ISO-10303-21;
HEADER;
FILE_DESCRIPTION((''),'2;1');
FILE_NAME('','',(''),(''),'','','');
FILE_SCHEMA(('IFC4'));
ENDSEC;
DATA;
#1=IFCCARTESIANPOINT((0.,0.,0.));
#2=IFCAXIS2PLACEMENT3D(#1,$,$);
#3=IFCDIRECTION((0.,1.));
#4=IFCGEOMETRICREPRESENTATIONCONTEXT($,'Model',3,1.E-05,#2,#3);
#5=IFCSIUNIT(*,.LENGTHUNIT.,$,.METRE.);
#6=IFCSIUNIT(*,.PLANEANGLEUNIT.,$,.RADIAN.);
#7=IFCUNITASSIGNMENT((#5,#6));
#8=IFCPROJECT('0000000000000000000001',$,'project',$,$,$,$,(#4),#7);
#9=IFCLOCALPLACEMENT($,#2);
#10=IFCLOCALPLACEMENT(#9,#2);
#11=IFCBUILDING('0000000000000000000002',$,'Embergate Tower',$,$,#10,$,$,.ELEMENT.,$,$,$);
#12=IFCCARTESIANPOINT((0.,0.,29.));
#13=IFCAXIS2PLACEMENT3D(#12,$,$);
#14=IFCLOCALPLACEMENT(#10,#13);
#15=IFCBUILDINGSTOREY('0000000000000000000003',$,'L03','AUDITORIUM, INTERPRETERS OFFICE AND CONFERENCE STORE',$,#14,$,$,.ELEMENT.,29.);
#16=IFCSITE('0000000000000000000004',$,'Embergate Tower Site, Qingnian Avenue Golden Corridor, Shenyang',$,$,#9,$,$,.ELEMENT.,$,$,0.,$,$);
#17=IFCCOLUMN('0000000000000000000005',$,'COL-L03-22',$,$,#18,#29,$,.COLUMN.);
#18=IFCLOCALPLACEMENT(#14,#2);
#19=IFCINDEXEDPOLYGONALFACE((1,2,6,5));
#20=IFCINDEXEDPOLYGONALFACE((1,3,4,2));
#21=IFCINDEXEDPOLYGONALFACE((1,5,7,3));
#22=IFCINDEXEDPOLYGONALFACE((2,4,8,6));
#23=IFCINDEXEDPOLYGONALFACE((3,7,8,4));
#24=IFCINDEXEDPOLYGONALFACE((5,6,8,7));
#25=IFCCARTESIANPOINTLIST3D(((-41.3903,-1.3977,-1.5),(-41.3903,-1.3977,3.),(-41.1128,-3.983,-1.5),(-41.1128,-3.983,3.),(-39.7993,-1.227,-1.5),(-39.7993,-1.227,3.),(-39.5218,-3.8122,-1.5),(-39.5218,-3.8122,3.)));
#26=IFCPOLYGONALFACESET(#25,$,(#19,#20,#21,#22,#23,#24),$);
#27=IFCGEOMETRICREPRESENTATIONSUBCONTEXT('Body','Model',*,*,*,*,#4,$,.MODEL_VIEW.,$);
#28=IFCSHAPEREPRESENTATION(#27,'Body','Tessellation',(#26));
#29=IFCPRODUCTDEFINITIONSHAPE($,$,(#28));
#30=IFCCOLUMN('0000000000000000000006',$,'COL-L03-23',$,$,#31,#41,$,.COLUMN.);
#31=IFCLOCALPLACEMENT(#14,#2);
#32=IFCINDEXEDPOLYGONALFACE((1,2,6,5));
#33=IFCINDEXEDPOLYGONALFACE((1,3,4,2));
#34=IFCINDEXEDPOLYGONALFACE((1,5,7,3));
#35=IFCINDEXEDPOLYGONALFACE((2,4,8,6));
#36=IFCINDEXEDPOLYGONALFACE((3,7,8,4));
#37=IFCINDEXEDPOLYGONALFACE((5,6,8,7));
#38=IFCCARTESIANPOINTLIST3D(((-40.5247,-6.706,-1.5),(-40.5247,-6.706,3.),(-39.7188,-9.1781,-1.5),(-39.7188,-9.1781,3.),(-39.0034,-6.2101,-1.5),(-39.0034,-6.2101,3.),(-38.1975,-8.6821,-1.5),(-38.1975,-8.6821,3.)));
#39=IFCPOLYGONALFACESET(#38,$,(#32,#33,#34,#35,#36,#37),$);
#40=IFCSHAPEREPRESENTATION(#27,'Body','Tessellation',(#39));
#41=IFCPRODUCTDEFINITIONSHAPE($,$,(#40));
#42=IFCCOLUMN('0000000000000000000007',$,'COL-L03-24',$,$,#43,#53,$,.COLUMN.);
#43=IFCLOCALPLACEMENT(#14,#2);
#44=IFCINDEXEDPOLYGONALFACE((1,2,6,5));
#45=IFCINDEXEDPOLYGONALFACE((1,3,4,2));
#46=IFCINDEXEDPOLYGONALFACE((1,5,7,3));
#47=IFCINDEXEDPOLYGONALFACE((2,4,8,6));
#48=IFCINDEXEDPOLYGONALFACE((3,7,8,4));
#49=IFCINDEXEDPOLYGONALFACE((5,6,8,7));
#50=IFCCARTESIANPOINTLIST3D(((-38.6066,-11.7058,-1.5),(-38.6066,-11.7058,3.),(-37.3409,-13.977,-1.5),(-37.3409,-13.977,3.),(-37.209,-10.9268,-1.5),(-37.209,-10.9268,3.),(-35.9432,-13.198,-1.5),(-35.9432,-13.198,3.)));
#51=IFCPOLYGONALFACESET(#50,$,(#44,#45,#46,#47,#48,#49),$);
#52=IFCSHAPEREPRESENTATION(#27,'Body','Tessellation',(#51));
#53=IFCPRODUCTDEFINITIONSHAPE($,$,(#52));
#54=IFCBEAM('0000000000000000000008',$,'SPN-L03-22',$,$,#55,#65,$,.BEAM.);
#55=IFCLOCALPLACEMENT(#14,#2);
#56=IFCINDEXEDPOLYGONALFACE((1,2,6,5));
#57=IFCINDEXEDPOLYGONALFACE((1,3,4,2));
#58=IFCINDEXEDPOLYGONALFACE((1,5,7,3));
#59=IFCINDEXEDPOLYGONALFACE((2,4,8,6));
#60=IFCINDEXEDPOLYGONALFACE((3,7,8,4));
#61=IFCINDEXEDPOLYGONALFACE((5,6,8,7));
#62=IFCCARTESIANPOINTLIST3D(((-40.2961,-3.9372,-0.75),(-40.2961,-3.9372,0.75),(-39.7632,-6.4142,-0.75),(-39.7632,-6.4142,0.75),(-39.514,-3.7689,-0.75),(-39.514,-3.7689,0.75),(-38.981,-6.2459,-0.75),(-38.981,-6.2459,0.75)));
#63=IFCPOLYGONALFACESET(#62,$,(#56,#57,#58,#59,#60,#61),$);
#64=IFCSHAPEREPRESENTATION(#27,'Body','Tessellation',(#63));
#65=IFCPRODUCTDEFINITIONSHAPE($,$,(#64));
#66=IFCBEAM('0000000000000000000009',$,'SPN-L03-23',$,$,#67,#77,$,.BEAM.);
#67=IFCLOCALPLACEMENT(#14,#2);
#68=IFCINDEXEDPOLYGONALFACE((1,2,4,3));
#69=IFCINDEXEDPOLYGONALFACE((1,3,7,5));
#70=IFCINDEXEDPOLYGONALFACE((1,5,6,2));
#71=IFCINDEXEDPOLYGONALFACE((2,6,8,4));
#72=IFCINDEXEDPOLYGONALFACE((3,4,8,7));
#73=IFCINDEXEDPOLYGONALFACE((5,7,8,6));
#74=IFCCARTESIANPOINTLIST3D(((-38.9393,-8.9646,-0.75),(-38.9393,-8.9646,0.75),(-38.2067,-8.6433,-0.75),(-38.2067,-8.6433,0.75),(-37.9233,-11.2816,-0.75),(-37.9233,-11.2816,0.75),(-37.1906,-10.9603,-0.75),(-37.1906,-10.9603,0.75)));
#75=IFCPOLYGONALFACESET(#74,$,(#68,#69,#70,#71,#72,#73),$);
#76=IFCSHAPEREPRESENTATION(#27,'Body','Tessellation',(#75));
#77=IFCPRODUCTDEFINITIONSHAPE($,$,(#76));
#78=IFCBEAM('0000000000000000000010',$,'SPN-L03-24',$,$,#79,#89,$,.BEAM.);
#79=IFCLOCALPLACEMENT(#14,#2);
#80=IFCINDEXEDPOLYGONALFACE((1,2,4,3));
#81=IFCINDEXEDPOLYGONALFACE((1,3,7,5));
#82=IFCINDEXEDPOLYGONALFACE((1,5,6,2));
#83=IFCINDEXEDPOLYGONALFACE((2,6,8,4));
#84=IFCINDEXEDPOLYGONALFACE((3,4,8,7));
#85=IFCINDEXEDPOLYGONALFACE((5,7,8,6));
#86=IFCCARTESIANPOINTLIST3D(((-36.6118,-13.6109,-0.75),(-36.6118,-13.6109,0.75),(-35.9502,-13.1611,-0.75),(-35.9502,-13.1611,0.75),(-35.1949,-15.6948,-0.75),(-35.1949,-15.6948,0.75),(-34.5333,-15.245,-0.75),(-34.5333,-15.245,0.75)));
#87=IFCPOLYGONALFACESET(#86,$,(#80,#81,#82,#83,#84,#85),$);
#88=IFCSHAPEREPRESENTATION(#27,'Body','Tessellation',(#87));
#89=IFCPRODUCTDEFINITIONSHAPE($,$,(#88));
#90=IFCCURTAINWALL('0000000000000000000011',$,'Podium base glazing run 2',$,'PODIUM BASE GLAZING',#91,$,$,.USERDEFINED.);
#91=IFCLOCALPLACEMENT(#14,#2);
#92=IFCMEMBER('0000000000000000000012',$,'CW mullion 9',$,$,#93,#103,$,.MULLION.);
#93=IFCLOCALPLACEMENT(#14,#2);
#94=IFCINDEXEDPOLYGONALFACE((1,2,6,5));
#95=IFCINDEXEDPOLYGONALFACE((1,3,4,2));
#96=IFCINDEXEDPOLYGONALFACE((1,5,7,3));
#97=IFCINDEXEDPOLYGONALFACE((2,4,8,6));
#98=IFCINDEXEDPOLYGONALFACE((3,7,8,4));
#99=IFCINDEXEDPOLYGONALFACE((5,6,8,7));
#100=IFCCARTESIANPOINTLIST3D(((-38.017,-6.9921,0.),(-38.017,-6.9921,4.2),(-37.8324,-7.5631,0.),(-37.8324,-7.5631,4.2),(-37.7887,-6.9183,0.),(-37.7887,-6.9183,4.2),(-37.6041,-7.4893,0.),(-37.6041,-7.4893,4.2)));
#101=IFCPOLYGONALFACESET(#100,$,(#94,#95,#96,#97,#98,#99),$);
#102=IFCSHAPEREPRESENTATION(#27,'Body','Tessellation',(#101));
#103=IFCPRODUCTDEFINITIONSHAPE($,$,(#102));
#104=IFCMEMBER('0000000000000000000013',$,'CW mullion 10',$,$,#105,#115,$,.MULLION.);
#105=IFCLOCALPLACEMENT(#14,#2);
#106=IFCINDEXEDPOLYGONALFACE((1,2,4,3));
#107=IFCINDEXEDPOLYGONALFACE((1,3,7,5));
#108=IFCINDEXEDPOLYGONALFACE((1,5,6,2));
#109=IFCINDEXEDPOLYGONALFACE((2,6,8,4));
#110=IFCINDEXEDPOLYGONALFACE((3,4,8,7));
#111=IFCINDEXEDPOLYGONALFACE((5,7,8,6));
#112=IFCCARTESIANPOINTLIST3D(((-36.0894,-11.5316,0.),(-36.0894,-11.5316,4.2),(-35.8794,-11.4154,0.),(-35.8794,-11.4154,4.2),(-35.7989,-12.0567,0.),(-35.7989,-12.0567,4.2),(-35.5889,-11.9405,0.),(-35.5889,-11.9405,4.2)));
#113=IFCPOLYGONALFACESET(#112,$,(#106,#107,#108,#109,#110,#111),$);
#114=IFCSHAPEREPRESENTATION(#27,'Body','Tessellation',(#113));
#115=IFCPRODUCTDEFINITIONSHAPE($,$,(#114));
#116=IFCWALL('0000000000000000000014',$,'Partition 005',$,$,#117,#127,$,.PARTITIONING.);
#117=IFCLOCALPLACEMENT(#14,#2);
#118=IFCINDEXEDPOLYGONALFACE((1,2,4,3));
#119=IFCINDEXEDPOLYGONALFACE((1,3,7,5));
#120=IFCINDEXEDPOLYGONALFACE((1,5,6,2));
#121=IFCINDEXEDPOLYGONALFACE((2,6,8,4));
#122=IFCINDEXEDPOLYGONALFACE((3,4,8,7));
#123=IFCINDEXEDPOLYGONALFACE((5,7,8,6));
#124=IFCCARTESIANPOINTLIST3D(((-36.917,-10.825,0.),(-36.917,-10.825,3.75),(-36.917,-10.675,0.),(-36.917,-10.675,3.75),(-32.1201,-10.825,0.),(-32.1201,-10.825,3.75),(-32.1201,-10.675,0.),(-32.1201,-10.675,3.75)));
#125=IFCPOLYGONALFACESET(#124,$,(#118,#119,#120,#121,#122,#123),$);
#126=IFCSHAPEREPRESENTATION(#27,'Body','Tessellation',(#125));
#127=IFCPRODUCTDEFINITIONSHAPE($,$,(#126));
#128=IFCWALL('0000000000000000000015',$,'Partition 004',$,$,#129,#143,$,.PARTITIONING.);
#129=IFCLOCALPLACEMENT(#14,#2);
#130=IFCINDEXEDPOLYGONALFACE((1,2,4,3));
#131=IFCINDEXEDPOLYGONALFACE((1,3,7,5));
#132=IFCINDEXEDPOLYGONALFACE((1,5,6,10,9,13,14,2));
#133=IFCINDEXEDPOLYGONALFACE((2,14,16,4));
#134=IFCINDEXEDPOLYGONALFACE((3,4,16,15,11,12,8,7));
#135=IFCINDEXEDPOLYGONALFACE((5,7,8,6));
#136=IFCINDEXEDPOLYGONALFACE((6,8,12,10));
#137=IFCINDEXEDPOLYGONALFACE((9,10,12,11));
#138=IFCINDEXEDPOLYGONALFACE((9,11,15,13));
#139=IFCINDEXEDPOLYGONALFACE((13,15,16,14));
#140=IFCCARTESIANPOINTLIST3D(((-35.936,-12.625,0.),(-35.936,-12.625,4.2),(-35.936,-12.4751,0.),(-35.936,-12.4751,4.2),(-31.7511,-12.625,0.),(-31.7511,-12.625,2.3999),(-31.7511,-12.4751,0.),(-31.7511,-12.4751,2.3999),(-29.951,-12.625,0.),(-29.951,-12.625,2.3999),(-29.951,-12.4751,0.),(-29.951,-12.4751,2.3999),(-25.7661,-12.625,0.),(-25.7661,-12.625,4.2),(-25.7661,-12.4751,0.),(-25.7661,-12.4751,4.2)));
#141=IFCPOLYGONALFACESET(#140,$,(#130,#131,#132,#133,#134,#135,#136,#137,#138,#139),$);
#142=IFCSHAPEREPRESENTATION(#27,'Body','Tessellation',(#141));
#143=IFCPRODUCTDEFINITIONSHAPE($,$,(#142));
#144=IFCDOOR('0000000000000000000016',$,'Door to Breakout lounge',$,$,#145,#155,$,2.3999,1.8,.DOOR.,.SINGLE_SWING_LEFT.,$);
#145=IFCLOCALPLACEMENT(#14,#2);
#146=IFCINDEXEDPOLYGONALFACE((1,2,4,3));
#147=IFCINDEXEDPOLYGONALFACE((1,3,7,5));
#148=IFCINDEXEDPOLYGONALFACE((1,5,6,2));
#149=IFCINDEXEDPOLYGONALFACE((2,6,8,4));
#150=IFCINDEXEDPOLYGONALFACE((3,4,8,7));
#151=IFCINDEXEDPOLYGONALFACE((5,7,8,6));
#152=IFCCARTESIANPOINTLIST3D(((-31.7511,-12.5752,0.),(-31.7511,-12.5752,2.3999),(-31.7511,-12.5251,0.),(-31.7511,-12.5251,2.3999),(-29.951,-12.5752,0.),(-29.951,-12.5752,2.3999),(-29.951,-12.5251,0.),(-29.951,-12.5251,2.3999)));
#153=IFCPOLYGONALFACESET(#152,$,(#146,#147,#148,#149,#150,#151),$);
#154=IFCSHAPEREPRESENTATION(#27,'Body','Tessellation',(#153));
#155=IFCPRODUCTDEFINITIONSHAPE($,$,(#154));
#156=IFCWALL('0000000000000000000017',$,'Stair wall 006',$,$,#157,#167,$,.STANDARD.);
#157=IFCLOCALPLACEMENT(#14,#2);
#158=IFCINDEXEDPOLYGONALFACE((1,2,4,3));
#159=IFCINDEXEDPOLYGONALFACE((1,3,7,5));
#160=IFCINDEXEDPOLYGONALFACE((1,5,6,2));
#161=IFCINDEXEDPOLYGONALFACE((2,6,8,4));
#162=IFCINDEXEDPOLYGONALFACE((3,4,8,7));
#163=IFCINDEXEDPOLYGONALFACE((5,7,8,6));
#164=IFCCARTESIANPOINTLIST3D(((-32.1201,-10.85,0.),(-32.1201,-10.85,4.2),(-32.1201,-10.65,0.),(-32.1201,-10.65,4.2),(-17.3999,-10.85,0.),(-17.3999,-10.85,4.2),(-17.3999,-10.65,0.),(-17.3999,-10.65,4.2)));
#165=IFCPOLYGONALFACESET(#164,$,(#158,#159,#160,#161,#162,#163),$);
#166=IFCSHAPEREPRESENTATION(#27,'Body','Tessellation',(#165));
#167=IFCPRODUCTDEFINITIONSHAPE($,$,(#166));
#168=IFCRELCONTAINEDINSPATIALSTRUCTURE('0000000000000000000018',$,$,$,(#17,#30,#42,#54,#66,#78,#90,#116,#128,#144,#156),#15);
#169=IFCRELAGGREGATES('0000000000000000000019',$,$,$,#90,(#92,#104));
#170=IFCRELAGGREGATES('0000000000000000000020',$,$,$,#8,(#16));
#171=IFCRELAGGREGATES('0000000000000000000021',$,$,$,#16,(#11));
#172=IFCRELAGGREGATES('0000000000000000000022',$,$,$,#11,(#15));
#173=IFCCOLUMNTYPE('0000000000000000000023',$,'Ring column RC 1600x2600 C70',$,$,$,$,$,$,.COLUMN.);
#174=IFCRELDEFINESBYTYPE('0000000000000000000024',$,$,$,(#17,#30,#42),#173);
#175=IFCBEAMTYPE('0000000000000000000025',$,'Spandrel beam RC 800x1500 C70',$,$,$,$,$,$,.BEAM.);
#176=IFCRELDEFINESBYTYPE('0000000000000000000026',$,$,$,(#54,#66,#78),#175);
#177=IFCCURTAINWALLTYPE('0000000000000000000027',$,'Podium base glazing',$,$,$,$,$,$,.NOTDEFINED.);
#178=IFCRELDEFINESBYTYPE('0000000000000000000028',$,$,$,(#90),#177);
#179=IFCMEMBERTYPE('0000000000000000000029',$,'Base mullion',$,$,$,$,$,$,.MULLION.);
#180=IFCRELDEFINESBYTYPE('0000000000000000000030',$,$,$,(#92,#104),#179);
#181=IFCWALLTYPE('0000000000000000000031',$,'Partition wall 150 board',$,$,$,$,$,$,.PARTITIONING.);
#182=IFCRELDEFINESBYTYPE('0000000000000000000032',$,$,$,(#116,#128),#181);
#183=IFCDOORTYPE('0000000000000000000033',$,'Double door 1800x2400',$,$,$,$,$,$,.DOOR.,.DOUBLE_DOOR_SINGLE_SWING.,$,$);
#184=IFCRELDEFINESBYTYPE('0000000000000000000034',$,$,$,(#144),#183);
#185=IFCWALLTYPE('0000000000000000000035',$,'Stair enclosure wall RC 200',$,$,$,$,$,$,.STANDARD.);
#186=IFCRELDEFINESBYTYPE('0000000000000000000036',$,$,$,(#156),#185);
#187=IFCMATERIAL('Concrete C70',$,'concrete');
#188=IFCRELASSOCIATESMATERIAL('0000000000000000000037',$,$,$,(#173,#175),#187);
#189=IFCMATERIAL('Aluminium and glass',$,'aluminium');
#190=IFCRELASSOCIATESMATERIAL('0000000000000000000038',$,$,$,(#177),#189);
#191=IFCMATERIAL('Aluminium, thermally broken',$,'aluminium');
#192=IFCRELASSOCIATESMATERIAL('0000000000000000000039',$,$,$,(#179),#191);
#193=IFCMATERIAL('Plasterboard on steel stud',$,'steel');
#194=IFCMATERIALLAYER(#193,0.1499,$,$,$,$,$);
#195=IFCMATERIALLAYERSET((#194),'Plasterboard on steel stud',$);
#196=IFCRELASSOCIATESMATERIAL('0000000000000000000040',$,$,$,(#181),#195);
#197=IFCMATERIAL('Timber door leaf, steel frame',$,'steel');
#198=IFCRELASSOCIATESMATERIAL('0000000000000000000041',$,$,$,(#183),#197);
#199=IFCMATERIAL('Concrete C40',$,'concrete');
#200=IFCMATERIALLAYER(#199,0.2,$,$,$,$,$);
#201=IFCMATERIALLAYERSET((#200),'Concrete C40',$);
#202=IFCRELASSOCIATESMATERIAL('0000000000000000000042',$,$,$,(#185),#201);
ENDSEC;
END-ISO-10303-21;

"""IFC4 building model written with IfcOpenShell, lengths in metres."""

from ifc_helpers import new_model, si_unit, direction, frame, frame_2d, origin, origin_2d, place, context, subcontext, project, spatial, rectangle, extrude, source, transform, mapped, material, layer, layer_set, material_profile, profile_set, type_object, element, fill, aggregate, save


model = new_model("IFC4")

# Units and contexts
model_context = context("Model", 3, precision=1e-05, world=origin(), true_north=direction((0.0, 1.0)))
body_context = subcontext(model_context, "Body", "Model", "MODEL_VIEW")
ifc_project = project(units=[si_unit("LENGTHUNIT", "METRE"), si_unit("PLANEANGLEUNIT", "RADIAN")], contexts=[model_context])

# Site, building, storey
site_placement = place(None, origin())
site = spatial("IfcSite", under=ifc_project, at=site_placement, Name="Embergate Tower Site, Qingnian Avenue Golden Corridor, Shenyang", CompositionType="ELEMENT", RefElevation=0.0)
building_placement = place(site_placement, origin())
building = spatial("IfcBuilding", under=site, at=building_placement, Name="Embergate Tower", CompositionType="ELEMENT")
storey_placement = place(building_placement, frame((0.0, 0.0, 29.0)))
storey = spatial("IfcBuildingStorey", under=building, at=storey_placement, Name="L03", Description="AUDITORIUM, INTERPRETERS OFFICE AND CONFERENCE STORE", CompositionType="ELEMENT", Elevation=29.0)

# Columns
ifc_material_1 = material(Name="Concrete C70", Category="concrete")
ifc_material_profile_1 = material_profile(ifc_material_1, rectangle(XDim=1.6001, YDim=2.6001, at=origin_2d()), Name="RC 1600x2600")
ifc_profile_set_1 = profile_set([ifc_material_profile_1], Name="Concrete C70")
column_type = type_object("IfcColumnType", Name="Ring column RC 1600x2600 C70", PredefinedType="COLUMN", material=ifc_profile_set_1)
shared_shape_1 = source(origin(), body_context, "Body", "SweptSolid", [
    extrude(rectangle(XDim=1.6001, YDim=2.6001, at=origin_2d()), origin(), (0.0, 0.0, 1.0), 4.5),
])
for number, where, z_axis, x_axis, name in (
    (1, (-40.4561, -2.605, -1.5), (0.0, 0.0, 1.0), (-0.994288, -0.106733, 0.0), "COL-L03-22"),
    (2, (-39.3611, -7.6941, -1.5), (0.0, 0.0, 1.0), (-0.950754, -0.309946, 0.0), "COL-L03-23"),
    (3, (-37.2749, -12.4519, -1.5), (0.0, 0.0, 1.0), (-0.8735, -0.486823, 0.0), "COL-L03-24"),
):
    element("IfcColumn", number, at=place(storey_placement, frame(where, z_axis=z_axis, x_axis=x_axis)), inside=storey, type_object=column_type, Name=name, PredefinedType="COLUMN", context=body_context, shape_type="MappedRepresentation", body=[
        mapped(shared_shape_1, transform((0.0, 0.0, 0.0))),
    ])

# Beams
ifc_material_profile_2 = material_profile(ifc_material_1, rectangle(XDim=0.8, YDim=1.5, at=origin_2d()), Name="RC 800x1500")
ifc_profile_set_2 = profile_set([ifc_material_profile_2], Name="Concrete C70")
beam_type = type_object("IfcBeamType", Name="Spandrel beam RC 800x1500 C70", PredefinedType="BEAM", material=ifc_profile_set_2)
shared_shape_2 = source(origin(), body_context, "Body", "SweptSolid", [
    extrude(rectangle(XDim=0.8, YDim=1.5, at=origin_2d()), origin(), (0.0, 0.0, 1.0), 2.5337),
])
beam_1_placement = place(storey_placement, frame((-39.905, -3.853, 0.0), z_axis=(0.210345, -0.977627, 0.0), x_axis=(0.977627, 0.210345, 0.0)))
element("IfcBeam", 4, at=beam_1_placement, inside=storey, type_object=beam_type, Name="SPN-L03-22", PredefinedType="BEAM", context=body_context, shape_type="MappedRepresentation", body=[
    mapped(shared_shape_2, transform((0.0, 0.0, 0.0))),
])
shared_shape_3 = source(origin(), body_context, "Body", "SweptSolid", [
    extrude(rectangle(XDim=0.8, YDim=1.5, at=origin_2d()), origin(), (0.0, 0.0, 1.0), 2.53),
])
beam_2_placement = place(storey_placement, frame((-38.573, -8.804, 0.0), z_axis=(0.401603, -0.915814, 0.0), x_axis=(0.915814, 0.401603, 0.0)))
element("IfcBeam", 5, at=beam_2_placement, inside=storey, type_object=beam_type, Name="SPN-L03-23", PredefinedType="BEAM", context=body_context, shape_type="MappedRepresentation", body=[
    mapped(shared_shape_3, transform((0.0, 0.0, 0.0))),
])
shared_shape_4 = source(origin(), body_context, "Body", "SweptSolid", [
    extrude(rectangle(XDim=0.8, YDim=1.5, at=origin_2d()), origin(), (0.0, 0.0, 1.0), 2.52),
])
beam_3_placement = place(storey_placement, frame((-36.281, -13.386, 0.0), z_axis=(0.562278, -0.826948, 0.0), x_axis=(0.826948, 0.562278, 0.0)))
element("IfcBeam", 6, at=beam_3_placement, inside=storey, type_object=beam_type, Name="SPN-L03-24", PredefinedType="BEAM", context=body_context, shape_type="MappedRepresentation", body=[
    mapped(shared_shape_4, transform((0.0, 0.0, 0.0))),
])

# Curtain wall, members
ifc_material_2 = material(Name="Aluminium and glass", Category="aluminium")
curtain_wall_type = type_object("IfcCurtainWallType", Name="Podium base glazing", PredefinedType="NOTDEFINED", material=ifc_material_2)
curtain_wall_placement = place(storey_placement, origin())
curtain_wall = element("IfcCurtainWall", 7, at=curtain_wall_placement, inside=storey, type_object=curtain_wall_type, Name="Podium base glazing run 2", ObjectType="PODIUM BASE GLAZING", PredefinedType="USERDEFINED")
ifc_material_3 = material(Name="Aluminium, thermally broken", Category="aluminium")
ifc_material_profile_3 = material_profile(ifc_material_3, rectangle(XDim=0.24, YDim=0.6001, at=origin_2d()), Name="AL 600x240")
ifc_profile_set_3 = profile_set([ifc_material_profile_3], Name="Aluminium, thermally broken")
member_type = type_object("IfcMemberType", Name="Base mullion", PredefinedType="MULLION", material=ifc_profile_set_3)
shared_shape_5 = source(origin(), body_context, "Body", "SweptSolid", [
    extrude(rectangle(XDim=0.24, YDim=0.6001, at=origin_2d()), origin(), (0.0, 0.0, 1.0), 4.2),
])
member_1_placement = place(storey_placement, frame((-37.8105, -7.2407, 0.0), z_axis=(0.0, 0.0, 1.0), x_axis=(0.9515, 0.307649, 0.0)))
member_1 = element("IfcMember", 8, at=member_1_placement, type_object=member_type, Name="CW mullion 9", PredefinedType="MULLION", context=body_context, shape_type="MappedRepresentation", body=[
    mapped(shared_shape_5, transform((0.0, 0.0, 0.0))),
])
member_2_placement = place(storey_placement, frame((-35.8391, -11.7361, 0.0), z_axis=(0.0, 0.0, 1.0), x_axis=(0.875007, 0.48411, 0.0)))
member_2 = element("IfcMember", 9, at=member_2_placement, type_object=member_type, Name="CW mullion 10", PredefinedType="MULLION", context=body_context, shape_type="MappedRepresentation", body=[
    mapped(shared_shape_5, transform((0.0, 0.0, 0.0))),
])
aggregate(curtain_wall, [member_1, member_2])

# Shared definitions
ifc_material_4 = material(Name="Plasterboard on steel stud", Category="steel")
ifc_layer_1 = layer(ifc_material_4, 0.1499)
ifc_layer_set_1 = layer_set([ifc_layer_1], Name="Plasterboard on steel stud")
wall_type_1 = type_object("IfcWallType", Name="Partition wall 150 board", PredefinedType="PARTITIONING", material=ifc_layer_set_1)
shared_shape_6 = source(origin(), body_context, "Body", "SweptSolid", [
    extrude(rectangle(XDim=1.8, YDim=2.3999, at=frame_2d((0.8999, 1.2))), frame((0.0, 0.085, 0.0), z_axis=(0.0, -1.0, 0.0), x_axis=(1.0, 0.0, 0.0)), (0.0, 0.0, 1.0), 0.1699),
])
ifc_material_5 = material(Name="Timber door leaf, steel frame", Category="steel")
door_type = type_object("IfcDoorType", Name="Double door 1800x2400", OperationType="DOUBLE_DOOR_SINGLE_SWING", PredefinedType="DOOR", material=ifc_material_5)
shared_shape_7 = source(origin(), body_context, "Body", "SweptSolid", [
    extrude(rectangle(XDim=1.8, YDim=2.3999, at=frame_2d((0.8999, 1.2))), frame((0.0, 0.0249, 0.0), z_axis=(0.0, -1.0, 0.0), x_axis=(1.0, 0.0, 0.0)), (0.0, 0.0, 1.0), 0.05),
])

# Wall
shared_shape_8 = source(origin(), body_context, "Body", "SweptSolid", [
    extrude(rectangle(XDim=4.7969, YDim=0.1499, at=frame_2d((2.3984, 0.0))), origin(), (0.0, 0.0, 1.0), 3.75),
])
wall_1_placement = place(storey_placement, frame((-32.1201, -10.75, 0.0), z_axis=(0.0, 0.0, 1.0), x_axis=(-1.0, 0.0, 0.0)))
element("IfcWall", 10, at=wall_1_placement, inside=storey, type_object=wall_type_1, Name="Partition 005", PredefinedType="PARTITIONING", context=body_context, shape_type="MappedRepresentation", body=[
    mapped(shared_shape_8, transform((0.0, 0.0, 0.0))),
])

# Wall, opening, door
shared_shape_9 = source(origin(), body_context, "Body", "SweptSolid", [
    extrude(rectangle(XDim=10.1699, YDim=0.1499, at=frame_2d((5.085, 0.0))), origin(), (0.0, 0.0, 1.0), 4.2),
])
wall_2_placement = place(storey_placement, frame((-35.936, -12.55, 0.0), z_axis=(0.0, 0.0, 1.0), x_axis=(1.0, 0.0, 0.0)))
wall_2 = element("IfcWall", 11, at=wall_2_placement, inside=storey, type_object=wall_type_1, Name="Partition 004", PredefinedType="PARTITIONING", context=body_context, shape_type="MappedRepresentation", body=[
    mapped(shared_shape_9, transform((0.0, 0.0, 0.0))),
])
opening_1_placement = place(wall_2_placement, frame((4.1851, 0.0, 0.0)))
opening_1 = element("IfcOpeningElement", 12, at=opening_1_placement, cuts=wall_2, PredefinedType="OPENING", context=body_context, shape_type="MappedRepresentation", body=[
    mapped(shared_shape_6, transform((0.0, 0.0, 0.0))),
])
door_1_placement = place(opening_1_placement, origin())
door_1 = element("IfcDoor", 13, at=door_1_placement, inside=storey, type_object=door_type, Name="Door to Breakout lounge", OperationType="SINGLE_SWING_LEFT", OverallHeight=2.3999, OverallWidth=1.8, PredefinedType="DOOR", context=body_context, shape_type="MappedRepresentation", body=[
    mapped(shared_shape_7, transform((0.0, 0.0, 0.0))),
])
fill(opening_1, door_1)

# Wall
ifc_material_6 = material(Name="Concrete C40", Category="concrete")
ifc_layer_2 = layer(ifc_material_6, 0.2)
ifc_layer_set_2 = layer_set([ifc_layer_2], Name="Concrete C40")
wall_type_2 = type_object("IfcWallType", Name="Stair enclosure wall RC 200", PredefinedType="STANDARD", material=ifc_layer_set_2)
shared_shape_10 = source(origin(), body_context, "Body", "SweptSolid", [
    extrude(rectangle(XDim=14.7202, YDim=0.2, at=frame_2d((7.3601, 0.0))), origin(), (0.0, 0.0, 1.0), 4.2),
])
wall_3_placement = place(storey_placement, frame((-32.1201, -10.75, 0.0), z_axis=(0.0, 0.0, 1.0), x_axis=(1.0, 0.0, 0.0)))
element("IfcWall", 14, at=wall_3_placement, inside=storey, type_object=wall_type_2, Name="Stair wall 006", PredefinedType="STANDARD", context=body_context, shape_type="MappedRepresentation", body=[
    mapped(shared_shape_10, transform((0.0, 0.0, 0.0))),
])

save(model, "model.ifc")
